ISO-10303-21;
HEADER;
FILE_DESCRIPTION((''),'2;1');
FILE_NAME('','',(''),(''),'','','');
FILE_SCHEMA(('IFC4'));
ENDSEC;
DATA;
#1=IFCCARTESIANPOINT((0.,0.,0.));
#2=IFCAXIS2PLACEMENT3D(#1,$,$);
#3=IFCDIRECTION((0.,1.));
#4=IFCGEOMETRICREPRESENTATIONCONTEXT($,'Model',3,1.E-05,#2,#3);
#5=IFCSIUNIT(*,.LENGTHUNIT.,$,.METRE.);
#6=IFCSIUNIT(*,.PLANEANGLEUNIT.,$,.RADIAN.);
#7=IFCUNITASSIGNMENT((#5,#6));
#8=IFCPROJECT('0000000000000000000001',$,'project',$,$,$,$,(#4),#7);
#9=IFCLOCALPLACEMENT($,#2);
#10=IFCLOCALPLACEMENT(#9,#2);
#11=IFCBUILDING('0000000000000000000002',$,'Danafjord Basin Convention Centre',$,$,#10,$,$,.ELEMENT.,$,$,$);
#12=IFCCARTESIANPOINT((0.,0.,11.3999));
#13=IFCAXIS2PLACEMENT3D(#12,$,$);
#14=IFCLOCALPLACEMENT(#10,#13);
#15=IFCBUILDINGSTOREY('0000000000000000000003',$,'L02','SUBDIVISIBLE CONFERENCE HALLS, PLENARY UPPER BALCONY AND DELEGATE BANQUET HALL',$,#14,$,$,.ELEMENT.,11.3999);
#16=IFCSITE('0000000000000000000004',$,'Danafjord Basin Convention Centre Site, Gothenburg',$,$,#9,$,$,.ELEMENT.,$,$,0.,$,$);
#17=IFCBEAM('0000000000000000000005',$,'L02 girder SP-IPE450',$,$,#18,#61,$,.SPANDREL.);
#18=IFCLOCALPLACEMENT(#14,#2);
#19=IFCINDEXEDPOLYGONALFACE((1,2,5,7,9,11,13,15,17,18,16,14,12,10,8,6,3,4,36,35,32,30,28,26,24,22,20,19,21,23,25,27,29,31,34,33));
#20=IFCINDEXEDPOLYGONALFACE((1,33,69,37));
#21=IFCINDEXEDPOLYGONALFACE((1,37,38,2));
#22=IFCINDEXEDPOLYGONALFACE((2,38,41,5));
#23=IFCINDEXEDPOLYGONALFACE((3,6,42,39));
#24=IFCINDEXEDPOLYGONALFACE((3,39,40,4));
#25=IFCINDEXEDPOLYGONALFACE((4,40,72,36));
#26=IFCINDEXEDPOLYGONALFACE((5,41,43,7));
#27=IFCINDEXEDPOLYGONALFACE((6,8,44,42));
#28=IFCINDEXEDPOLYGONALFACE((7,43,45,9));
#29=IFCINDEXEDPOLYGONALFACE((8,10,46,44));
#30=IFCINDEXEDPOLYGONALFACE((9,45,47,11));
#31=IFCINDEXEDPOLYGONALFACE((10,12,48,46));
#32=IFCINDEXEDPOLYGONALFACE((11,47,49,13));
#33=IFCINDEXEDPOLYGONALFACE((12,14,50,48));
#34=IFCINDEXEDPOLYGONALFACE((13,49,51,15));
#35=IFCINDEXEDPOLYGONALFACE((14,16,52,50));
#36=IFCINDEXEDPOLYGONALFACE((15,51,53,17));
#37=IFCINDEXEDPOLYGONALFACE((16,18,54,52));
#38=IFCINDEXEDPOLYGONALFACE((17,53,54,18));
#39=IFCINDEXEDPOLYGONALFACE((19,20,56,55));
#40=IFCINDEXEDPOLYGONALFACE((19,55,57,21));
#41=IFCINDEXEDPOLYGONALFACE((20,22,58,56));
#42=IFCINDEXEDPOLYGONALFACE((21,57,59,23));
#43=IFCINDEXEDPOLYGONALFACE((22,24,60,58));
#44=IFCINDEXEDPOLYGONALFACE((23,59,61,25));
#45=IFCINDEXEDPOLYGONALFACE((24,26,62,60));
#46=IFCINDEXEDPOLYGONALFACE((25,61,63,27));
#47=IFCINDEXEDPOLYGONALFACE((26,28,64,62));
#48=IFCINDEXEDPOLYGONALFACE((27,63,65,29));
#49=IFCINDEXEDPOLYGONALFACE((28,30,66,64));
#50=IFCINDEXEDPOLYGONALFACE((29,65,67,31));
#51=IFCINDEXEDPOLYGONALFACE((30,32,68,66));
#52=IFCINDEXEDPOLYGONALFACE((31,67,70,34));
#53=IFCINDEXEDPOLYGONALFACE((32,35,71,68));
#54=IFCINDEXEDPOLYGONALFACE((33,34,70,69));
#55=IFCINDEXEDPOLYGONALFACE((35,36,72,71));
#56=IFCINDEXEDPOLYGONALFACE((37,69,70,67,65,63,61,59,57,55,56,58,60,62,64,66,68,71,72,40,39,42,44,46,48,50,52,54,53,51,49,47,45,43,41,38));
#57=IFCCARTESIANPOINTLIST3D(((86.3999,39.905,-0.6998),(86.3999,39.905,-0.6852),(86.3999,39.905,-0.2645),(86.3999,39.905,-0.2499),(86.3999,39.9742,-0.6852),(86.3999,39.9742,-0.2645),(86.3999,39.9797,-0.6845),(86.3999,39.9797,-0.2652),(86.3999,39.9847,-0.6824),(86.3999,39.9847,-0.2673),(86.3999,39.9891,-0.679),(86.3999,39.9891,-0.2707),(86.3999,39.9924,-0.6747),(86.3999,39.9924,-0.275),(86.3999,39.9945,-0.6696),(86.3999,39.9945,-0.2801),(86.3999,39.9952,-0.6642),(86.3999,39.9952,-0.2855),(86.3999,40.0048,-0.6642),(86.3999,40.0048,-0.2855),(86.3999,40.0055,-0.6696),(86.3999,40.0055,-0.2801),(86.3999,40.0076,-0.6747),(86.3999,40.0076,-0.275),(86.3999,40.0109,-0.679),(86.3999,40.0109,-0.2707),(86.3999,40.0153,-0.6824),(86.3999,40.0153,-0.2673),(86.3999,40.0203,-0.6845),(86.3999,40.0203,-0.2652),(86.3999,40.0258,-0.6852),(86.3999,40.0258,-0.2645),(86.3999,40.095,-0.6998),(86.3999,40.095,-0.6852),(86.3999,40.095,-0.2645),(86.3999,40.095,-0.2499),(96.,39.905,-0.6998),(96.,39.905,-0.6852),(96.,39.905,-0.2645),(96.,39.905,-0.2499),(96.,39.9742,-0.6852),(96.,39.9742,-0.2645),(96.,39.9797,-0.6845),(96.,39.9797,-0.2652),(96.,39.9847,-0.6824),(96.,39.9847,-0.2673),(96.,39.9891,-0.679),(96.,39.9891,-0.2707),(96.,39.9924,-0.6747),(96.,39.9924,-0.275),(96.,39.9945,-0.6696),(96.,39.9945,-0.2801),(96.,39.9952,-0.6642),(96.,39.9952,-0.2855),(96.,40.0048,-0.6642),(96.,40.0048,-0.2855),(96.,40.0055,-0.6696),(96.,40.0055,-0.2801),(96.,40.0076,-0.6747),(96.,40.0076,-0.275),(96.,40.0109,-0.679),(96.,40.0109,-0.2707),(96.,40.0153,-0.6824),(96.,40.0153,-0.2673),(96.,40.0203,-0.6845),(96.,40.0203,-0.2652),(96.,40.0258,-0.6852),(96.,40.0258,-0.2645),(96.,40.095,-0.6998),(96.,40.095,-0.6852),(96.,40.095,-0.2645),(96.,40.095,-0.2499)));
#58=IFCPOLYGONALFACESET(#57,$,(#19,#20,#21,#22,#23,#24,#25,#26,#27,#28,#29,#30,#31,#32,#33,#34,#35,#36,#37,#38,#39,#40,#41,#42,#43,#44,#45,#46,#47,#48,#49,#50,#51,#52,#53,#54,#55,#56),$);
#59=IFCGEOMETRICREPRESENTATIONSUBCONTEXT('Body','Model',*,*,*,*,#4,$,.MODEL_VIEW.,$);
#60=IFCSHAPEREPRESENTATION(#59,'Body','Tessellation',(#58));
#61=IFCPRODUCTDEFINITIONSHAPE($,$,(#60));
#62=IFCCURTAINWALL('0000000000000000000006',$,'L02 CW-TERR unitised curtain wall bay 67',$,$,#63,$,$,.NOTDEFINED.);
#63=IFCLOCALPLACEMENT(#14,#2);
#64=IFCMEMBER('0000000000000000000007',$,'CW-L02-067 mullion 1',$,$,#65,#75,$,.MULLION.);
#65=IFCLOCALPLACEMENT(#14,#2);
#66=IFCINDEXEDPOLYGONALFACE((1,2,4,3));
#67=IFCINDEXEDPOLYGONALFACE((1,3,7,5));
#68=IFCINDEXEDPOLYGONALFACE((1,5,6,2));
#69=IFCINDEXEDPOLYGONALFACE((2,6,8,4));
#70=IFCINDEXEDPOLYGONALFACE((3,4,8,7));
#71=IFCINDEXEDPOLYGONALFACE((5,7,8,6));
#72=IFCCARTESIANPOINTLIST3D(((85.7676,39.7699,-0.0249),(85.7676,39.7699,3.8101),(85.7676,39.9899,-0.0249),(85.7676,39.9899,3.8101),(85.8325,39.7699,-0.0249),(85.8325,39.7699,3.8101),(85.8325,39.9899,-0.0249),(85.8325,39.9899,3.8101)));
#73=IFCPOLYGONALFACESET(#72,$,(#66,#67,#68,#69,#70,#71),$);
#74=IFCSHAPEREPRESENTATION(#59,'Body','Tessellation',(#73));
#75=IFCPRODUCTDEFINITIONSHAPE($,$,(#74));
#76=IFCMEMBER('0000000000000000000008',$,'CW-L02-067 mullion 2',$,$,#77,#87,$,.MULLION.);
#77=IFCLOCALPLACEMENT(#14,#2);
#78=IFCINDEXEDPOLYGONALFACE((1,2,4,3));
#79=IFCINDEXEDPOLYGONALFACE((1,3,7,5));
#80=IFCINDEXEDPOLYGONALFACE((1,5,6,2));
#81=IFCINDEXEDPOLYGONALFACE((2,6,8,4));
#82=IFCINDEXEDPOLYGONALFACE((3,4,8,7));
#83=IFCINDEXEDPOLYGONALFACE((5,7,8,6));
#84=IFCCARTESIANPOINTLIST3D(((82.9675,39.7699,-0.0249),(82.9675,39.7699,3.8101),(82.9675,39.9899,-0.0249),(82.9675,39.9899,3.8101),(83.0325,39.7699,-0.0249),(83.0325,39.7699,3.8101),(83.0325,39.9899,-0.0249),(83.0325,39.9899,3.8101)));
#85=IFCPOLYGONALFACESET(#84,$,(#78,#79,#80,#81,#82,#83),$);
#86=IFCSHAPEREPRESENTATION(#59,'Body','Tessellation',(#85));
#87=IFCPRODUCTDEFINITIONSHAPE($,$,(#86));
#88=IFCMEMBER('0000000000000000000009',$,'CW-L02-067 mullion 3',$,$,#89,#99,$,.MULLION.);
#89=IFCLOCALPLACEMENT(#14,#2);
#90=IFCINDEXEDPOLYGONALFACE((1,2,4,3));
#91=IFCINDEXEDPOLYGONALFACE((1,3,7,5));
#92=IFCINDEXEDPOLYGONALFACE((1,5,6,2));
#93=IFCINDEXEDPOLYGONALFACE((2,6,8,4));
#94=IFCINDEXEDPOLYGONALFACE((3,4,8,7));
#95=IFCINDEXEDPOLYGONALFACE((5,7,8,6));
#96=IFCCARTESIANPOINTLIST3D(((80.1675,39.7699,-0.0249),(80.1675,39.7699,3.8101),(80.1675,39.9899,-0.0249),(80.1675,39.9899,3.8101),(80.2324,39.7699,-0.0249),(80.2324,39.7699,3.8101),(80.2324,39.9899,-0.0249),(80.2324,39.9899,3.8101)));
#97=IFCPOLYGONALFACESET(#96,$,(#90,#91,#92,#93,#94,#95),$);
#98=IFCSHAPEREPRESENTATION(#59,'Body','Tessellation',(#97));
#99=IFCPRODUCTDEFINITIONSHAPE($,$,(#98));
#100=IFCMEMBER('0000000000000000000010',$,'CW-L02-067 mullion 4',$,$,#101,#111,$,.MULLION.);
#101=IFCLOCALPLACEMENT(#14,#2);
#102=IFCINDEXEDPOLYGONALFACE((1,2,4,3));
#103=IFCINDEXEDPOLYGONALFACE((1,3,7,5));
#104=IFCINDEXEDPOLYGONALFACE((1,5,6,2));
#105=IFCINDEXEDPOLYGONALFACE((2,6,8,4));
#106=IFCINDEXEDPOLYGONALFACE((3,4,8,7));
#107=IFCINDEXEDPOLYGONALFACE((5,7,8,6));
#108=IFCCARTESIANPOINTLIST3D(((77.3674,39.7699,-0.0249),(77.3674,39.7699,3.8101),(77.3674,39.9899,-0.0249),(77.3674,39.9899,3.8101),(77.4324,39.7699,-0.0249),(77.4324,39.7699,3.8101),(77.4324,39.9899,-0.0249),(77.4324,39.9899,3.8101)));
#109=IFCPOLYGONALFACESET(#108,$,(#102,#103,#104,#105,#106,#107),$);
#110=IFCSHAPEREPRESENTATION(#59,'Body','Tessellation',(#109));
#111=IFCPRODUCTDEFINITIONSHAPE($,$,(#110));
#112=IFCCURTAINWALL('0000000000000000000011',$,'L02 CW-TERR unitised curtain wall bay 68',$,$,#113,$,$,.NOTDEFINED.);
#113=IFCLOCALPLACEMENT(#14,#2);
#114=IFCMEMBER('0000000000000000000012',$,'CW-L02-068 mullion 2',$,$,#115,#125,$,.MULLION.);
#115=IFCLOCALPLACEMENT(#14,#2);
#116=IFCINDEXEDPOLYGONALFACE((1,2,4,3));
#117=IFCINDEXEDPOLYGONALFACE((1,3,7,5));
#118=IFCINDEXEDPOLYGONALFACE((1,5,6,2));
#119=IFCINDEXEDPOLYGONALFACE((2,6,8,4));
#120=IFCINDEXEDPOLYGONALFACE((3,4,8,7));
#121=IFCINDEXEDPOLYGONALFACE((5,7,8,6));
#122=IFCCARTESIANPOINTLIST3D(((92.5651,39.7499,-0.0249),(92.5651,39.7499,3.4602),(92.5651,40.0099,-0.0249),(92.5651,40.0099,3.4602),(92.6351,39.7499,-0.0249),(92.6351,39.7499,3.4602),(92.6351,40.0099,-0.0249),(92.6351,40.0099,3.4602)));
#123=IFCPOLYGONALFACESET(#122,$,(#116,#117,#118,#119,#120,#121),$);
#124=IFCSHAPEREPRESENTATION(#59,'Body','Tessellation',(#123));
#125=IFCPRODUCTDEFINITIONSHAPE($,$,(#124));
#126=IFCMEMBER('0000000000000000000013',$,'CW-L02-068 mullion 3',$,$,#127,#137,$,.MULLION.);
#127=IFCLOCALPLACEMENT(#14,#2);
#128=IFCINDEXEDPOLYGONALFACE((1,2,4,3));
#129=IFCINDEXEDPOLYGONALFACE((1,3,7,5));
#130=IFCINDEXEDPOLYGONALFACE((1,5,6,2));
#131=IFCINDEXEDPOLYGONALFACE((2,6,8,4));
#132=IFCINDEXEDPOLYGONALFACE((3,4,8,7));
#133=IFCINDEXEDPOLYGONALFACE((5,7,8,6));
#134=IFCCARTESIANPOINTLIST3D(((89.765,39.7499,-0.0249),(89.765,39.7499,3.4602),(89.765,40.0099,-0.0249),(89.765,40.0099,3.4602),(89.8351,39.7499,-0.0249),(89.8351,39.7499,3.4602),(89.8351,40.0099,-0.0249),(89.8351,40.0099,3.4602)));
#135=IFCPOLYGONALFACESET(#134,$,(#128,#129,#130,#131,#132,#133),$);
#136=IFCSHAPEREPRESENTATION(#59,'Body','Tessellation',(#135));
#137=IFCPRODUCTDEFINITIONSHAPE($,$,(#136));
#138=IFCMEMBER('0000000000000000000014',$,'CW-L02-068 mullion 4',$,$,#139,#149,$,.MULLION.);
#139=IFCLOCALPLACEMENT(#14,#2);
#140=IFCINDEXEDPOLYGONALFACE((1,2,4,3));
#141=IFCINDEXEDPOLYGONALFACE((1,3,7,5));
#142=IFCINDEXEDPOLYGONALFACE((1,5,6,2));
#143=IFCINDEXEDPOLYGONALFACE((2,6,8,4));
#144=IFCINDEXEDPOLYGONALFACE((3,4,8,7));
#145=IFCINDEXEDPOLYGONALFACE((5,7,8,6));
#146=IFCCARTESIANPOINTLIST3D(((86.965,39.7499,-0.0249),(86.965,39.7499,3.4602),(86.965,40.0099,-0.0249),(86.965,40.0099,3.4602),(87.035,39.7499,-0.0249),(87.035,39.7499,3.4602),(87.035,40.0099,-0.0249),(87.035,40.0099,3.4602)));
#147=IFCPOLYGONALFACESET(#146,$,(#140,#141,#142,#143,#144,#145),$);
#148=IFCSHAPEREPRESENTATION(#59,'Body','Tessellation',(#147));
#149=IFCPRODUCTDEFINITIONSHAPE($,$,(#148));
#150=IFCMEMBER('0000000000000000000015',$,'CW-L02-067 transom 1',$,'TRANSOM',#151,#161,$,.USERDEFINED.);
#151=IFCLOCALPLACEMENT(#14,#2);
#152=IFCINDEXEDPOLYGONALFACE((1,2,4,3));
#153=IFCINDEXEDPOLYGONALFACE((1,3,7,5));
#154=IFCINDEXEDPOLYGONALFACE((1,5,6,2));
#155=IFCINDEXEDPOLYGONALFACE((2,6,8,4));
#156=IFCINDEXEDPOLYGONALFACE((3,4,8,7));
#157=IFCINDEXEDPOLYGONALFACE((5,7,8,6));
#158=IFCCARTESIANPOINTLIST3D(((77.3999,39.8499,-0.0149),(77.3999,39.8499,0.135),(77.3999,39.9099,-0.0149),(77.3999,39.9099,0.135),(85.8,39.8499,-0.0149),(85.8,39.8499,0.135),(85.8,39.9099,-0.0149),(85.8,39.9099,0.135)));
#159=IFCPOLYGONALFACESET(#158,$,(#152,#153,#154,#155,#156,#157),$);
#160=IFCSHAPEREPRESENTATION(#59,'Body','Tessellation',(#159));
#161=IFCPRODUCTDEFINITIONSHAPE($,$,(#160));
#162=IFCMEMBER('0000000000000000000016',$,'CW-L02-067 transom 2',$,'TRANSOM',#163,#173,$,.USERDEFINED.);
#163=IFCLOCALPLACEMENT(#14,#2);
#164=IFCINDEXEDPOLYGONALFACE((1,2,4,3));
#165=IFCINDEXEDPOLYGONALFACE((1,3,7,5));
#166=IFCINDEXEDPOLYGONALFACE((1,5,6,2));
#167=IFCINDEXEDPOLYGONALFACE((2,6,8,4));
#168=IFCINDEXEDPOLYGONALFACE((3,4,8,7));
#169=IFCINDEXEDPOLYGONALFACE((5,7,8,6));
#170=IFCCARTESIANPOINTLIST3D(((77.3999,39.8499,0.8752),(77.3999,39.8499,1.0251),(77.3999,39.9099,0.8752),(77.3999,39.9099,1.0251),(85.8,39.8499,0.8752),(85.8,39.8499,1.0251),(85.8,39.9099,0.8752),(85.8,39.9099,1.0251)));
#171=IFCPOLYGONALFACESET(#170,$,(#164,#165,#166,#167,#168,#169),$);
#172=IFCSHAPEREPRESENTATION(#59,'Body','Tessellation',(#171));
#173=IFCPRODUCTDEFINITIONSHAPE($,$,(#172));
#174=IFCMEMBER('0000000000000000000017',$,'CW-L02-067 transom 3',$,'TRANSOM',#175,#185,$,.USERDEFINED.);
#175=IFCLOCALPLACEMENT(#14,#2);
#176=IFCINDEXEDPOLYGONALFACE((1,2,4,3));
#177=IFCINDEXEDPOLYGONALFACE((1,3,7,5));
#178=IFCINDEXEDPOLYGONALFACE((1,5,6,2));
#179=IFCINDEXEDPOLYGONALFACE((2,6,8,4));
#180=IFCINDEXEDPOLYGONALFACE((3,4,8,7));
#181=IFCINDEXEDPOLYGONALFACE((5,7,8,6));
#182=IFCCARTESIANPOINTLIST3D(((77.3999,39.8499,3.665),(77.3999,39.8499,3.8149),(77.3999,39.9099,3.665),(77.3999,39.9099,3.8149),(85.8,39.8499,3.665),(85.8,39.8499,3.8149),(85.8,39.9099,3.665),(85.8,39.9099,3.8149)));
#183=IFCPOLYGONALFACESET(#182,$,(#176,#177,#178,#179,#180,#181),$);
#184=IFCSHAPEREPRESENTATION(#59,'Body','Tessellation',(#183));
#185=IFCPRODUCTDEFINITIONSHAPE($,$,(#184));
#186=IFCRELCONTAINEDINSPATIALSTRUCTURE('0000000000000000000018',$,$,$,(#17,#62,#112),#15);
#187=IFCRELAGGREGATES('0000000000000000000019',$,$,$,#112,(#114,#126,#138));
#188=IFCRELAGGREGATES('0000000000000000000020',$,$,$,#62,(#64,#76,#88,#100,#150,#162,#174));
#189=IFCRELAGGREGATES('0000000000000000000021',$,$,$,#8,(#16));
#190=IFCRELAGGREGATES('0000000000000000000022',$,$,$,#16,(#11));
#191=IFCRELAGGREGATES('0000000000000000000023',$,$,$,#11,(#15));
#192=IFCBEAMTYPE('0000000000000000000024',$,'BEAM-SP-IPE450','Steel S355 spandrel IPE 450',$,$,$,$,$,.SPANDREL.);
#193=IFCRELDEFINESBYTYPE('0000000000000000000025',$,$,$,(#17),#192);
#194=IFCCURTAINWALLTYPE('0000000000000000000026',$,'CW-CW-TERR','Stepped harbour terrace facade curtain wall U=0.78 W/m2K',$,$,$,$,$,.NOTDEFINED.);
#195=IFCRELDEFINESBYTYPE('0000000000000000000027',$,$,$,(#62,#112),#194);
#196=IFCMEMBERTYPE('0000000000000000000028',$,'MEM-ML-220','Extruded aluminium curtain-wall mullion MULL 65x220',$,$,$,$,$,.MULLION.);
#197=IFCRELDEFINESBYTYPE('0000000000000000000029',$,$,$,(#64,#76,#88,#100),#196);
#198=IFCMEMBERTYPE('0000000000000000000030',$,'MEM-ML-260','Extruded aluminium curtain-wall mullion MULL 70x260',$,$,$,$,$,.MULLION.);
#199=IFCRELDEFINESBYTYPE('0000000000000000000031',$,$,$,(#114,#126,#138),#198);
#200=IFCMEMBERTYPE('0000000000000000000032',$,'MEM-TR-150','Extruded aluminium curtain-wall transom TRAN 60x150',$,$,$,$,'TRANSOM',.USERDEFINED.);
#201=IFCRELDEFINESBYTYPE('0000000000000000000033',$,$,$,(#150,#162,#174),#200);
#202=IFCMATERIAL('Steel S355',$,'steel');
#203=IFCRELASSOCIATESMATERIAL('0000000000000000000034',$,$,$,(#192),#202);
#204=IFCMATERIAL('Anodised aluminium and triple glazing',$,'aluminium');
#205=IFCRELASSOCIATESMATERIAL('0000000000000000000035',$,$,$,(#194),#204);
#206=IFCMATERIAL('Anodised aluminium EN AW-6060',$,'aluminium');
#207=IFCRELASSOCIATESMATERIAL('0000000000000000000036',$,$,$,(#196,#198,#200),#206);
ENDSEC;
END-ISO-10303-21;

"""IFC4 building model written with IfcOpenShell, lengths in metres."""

from ifc_helpers import new_model, si_unit, direction, frame, origin, origin_2d, place, context, subcontext, project, spatial, rectangle, i_section, extrude, material, material_profile, profile_set, type_object, element, aggregate, save


model = new_model("IFC4")

# Units and contexts
model_context = context("Model", 3, precision=1e-05, world=origin(), true_north=direction((0.0, 1.0)))
body_context = subcontext(model_context, "Body", "Model", "MODEL_VIEW")
ifc_project = project(units=[si_unit("LENGTHUNIT", "METRE"), si_unit("PLANEANGLEUNIT", "RADIAN")], contexts=[model_context])

# Site, building, storey
site_placement = place(None, origin())
site = spatial("IfcSite", under=ifc_project, at=site_placement, Name="Danafjord Basin Convention Centre Site, Gothenburg", CompositionType="ELEMENT", RefElevation=0.0)
building_placement = place(site_placement, origin())
building = spatial("IfcBuilding", under=site, at=building_placement, Name="Danafjord Basin Convention Centre", CompositionType="ELEMENT")
storey_placement = place(building_placement, frame((0.0, 0.0, 11.3999)))
storey = spatial("IfcBuildingStorey", under=building, at=storey_placement, Name="L02", Description="SUBDIVISIBLE CONFERENCE HALLS, PLENARY UPPER BALCONY AND DELEGATE BANQUET HALL", CompositionType="ELEMENT", Elevation=11.3999)

# Shared definitions
ifc_material_1 = material(Name="Steel S355", Category="steel")

# Beam
ifc_material_profile_1 = material_profile(ifc_material_1, i_section(OverallWidth=0.1899, OverallDepth=0.45, WebThickness=0.0095, FlangeThickness=0.0146, FilletRadius=0.021, at=origin_2d()), Name="IPE 450")
ifc_profile_set_1 = profile_set([ifc_material_profile_1], Name="Steel S355")
beam_type_1 = type_object("IfcBeamType", Name="BEAM-SP-IPE450", Description="Steel S355 spandrel IPE 450", PredefinedType="SPANDREL", material=ifc_profile_set_1)
beam_1_placement = place(storey_placement, frame((86.3999, 40.0, -0.4749), z_axis=(1.0, 0.0, 0.0), x_axis=(0.0, 1.0, 0.0)))
element("IfcBeam", 1, at=beam_1_placement, inside=storey, type_object=beam_type_1, Name="L02 girder SP-IPE450", PredefinedType="SPANDREL", context=body_context, shape_type="SweptSolid", body=[
    extrude(i_section(OverallWidth=0.1899, OverallDepth=0.45, WebThickness=0.0095, FlangeThickness=0.0146, FilletRadius=0.021, at=origin_2d()), origin(), (0.0, 0.0, 1.0), 9.6001),
])

# Curtain walls, members
ifc_material_2 = material(Name="Anodised aluminium and triple glazing", Category="aluminium")
curtain_wall_type = type_object("IfcCurtainWallType", Name="CW-CW-TERR", Description="Stepped harbour terrace facade curtain wall U=0.78 W/m2K", PredefinedType="NOTDEFINED", material=ifc_material_2)
curtain_wall_1_placement = place(storey_placement, origin())
curtain_wall_1 = element("IfcCurtainWall", 2, at=curtain_wall_1_placement, inside=storey, type_object=curtain_wall_type, Name="L02 CW-TERR unitised curtain wall bay 67", PredefinedType="NOTDEFINED")
ifc_material_3 = material(Name="Anodised aluminium EN AW-6060", Category="aluminium")
ifc_material_profile_2 = material_profile(ifc_material_3, rectangle(XDim=0.0649, YDim=0.22, at=origin_2d()), Name="MULL 65x220")
ifc_profile_set_2 = profile_set([ifc_material_profile_2], Name="Anodised aluminium EN AW-6060")
member_type_1 = type_object("IfcMemberType", Name="MEM-ML-220", Description="Extruded aluminium curtain-wall mullion MULL 65x220", PredefinedType="MULLION", material=ifc_profile_set_2)
member_1_placement = place(storey_placement, frame((85.8, 39.8799, -0.0249), z_axis=(0.0, 0.0, 1.0), x_axis=(-1.0, 0.0, 0.0)))
member_1 = element("IfcMember", 3, at=member_1_placement, type_object=member_type_1, Name="CW-L02-067 mullion 1", PredefinedType="MULLION", context=body_context, shape_type="SweptSolid", body=[
    extrude(rectangle(XDim=0.0649, YDim=0.22, at=origin_2d()), origin(), (0.0, 0.0, 1.0), 3.835),
])
member_2_placement = place(storey_placement, frame((83.0, 39.8799, -0.0249), z_axis=(0.0, 0.0, 1.0), x_axis=(-1.0, 0.0, 0.0)))
member_2 = element("IfcMember", 4, at=member_2_placement, type_object=member_type_1, Name="CW-L02-067 mullion 2", PredefinedType="MULLION", context=body_context, shape_type="SweptSolid", body=[
    extrude(rectangle(XDim=0.0649, YDim=0.22, at=origin_2d()), origin(), (0.0, 0.0, 1.0), 3.835),
])
member_3_placement = place(storey_placement, frame((80.2, 39.8799, -0.0249), z_axis=(0.0, 0.0, 1.0), x_axis=(-1.0, 0.0, 0.0)))
member_3 = element("IfcMember", 5, at=member_3_placement, type_object=member_type_1, Name="CW-L02-067 mullion 3", PredefinedType="MULLION", context=body_context, shape_type="SweptSolid", body=[
    extrude(rectangle(XDim=0.0649, YDim=0.22, at=origin_2d()), origin(), (0.0, 0.0, 1.0), 3.835),
])
member_4_placement = place(storey_placement, frame((77.3999, 39.8799, -0.0249), z_axis=(0.0, 0.0, 1.0), x_axis=(-1.0, 0.0, 0.0)))
member_4 = element("IfcMember", 6, at=member_4_placement, type_object=member_type_1, Name="CW-L02-067 mullion 4", PredefinedType="MULLION", context=body_context, shape_type="SweptSolid", body=[
    extrude(rectangle(XDim=0.0649, YDim=0.22, at=origin_2d()), origin(), (0.0, 0.0, 1.0), 3.835),
])
curtain_wall_2_placement = place(storey_placement, origin())
curtain_wall_2 = element("IfcCurtainWall", 7, at=curtain_wall_2_placement, inside=storey, type_object=curtain_wall_type, Name="L02 CW-TERR unitised curtain wall bay 68", PredefinedType="NOTDEFINED")
ifc_material_profile_3 = material_profile(ifc_material_3, rectangle(XDim=0.0701, YDim=0.26, at=origin_2d()), Name="MULL 70x260")
ifc_profile_set_3 = profile_set([ifc_material_profile_3], Name="Anodised aluminium EN AW-6060")
member_type_2 = type_object("IfcMemberType", Name="MEM-ML-260", Description="Extruded aluminium curtain-wall mullion MULL 70x260", PredefinedType="MULLION", material=ifc_profile_set_3)
member_5_placement = place(storey_placement, frame((92.6001, 39.8799, -0.0249), z_axis=(0.0, 0.0, 1.0), x_axis=(-1.0, 0.0, 0.0)))
member_5 = element("IfcMember", 8, at=member_5_placement, type_object=member_type_2, Name="CW-L02-068 mullion 2", PredefinedType="MULLION", context=body_context, shape_type="SweptSolid", body=[
    extrude(rectangle(XDim=0.0701, YDim=0.26, at=origin_2d()), origin(), (0.0, 0.0, 1.0), 3.4851),
])
member_6_placement = place(storey_placement, frame((89.8, 39.8799, -0.0249), z_axis=(0.0, 0.0, 1.0), x_axis=(-1.0, 0.0, 0.0)))
member_6 = element("IfcMember", 9, at=member_6_placement, type_object=member_type_2, Name="CW-L02-068 mullion 3", PredefinedType="MULLION", context=body_context, shape_type="SweptSolid", body=[
    extrude(rectangle(XDim=0.0701, YDim=0.26, at=origin_2d()), origin(), (0.0, 0.0, 1.0), 3.4851),
])
member_7_placement = place(storey_placement, frame((87.0, 39.8799, -0.0249), z_axis=(0.0, 0.0, 1.0), x_axis=(-1.0, 0.0, 0.0)))
member_7 = element("IfcMember", 10, at=member_7_placement, type_object=member_type_2, Name="CW-L02-068 mullion 4", PredefinedType="MULLION", context=body_context, shape_type="SweptSolid", body=[
    extrude(rectangle(XDim=0.0701, YDim=0.26, at=origin_2d()), origin(), (0.0, 0.0, 1.0), 3.4851),
])

# Members
ifc_material_profile_4 = material_profile(ifc_material_3, rectangle(XDim=0.0601, YDim=0.1499, at=origin_2d()), Name="TRAN 60x150")
ifc_profile_set_4 = profile_set([ifc_material_profile_4], Name="Anodised aluminium EN AW-6060")
member_type_3 = type_object("IfcMemberType", Name="MEM-TR-150", Description="Extruded aluminium curtain-wall transom TRAN 60x150", ElementType="TRANSOM", PredefinedType="USERDEFINED", material=ifc_profile_set_4)
member_8_placement = place(storey_placement, frame((85.8, 39.8799, 0.0601), z_axis=(-1.0, 0.0, 0.0), x_axis=(0.0, -1.0, 0.0)))
member_8 = element("IfcMember", 11, at=member_8_placement, type_object=member_type_3, Name="CW-L02-067 transom 1", ObjectType="TRANSOM", PredefinedType="USERDEFINED", context=body_context, shape_type="SweptSolid", body=[
    extrude(rectangle(XDim=0.0601, YDim=0.1499, at=origin_2d()), origin(), (0.0, 0.0, 1.0), 8.4001),
])
member_9_placement = place(storey_placement, frame((85.8, 39.8799, 0.9502), z_axis=(-1.0, 0.0, 0.0), x_axis=(0.0, -1.0, 0.0)))
member_9 = element("IfcMember", 12, at=member_9_placement, type_object=member_type_3, Name="CW-L02-067 transom 2", ObjectType="TRANSOM", PredefinedType="USERDEFINED", context=body_context, shape_type="SweptSolid", body=[
    extrude(rectangle(XDim=0.0601, YDim=0.1499, at=origin_2d()), origin(), (0.0, 0.0, 1.0), 8.4001),
])
member_10_placement = place(storey_placement, frame((85.8, 39.8799, 3.74), z_axis=(-1.0, 0.0, 0.0), x_axis=(0.0, -1.0, 0.0)))
member_10 = element("IfcMember", 13, at=member_10_placement, type_object=member_type_3, Name="CW-L02-067 transom 3", ObjectType="TRANSOM", PredefinedType="USERDEFINED", context=body_context, shape_type="SweptSolid", body=[
    extrude(rectangle(XDim=0.0601, YDim=0.1499, at=origin_2d()), origin(), (0.0, 0.0, 1.0), 8.4001),
])

aggregate(curtain_wall_2, [member_5, member_6, member_7])
aggregate(curtain_wall_1, [member_1, member_2, member_3, member_4, member_8, member_9, member_10])

save(model, "model.ifc")
